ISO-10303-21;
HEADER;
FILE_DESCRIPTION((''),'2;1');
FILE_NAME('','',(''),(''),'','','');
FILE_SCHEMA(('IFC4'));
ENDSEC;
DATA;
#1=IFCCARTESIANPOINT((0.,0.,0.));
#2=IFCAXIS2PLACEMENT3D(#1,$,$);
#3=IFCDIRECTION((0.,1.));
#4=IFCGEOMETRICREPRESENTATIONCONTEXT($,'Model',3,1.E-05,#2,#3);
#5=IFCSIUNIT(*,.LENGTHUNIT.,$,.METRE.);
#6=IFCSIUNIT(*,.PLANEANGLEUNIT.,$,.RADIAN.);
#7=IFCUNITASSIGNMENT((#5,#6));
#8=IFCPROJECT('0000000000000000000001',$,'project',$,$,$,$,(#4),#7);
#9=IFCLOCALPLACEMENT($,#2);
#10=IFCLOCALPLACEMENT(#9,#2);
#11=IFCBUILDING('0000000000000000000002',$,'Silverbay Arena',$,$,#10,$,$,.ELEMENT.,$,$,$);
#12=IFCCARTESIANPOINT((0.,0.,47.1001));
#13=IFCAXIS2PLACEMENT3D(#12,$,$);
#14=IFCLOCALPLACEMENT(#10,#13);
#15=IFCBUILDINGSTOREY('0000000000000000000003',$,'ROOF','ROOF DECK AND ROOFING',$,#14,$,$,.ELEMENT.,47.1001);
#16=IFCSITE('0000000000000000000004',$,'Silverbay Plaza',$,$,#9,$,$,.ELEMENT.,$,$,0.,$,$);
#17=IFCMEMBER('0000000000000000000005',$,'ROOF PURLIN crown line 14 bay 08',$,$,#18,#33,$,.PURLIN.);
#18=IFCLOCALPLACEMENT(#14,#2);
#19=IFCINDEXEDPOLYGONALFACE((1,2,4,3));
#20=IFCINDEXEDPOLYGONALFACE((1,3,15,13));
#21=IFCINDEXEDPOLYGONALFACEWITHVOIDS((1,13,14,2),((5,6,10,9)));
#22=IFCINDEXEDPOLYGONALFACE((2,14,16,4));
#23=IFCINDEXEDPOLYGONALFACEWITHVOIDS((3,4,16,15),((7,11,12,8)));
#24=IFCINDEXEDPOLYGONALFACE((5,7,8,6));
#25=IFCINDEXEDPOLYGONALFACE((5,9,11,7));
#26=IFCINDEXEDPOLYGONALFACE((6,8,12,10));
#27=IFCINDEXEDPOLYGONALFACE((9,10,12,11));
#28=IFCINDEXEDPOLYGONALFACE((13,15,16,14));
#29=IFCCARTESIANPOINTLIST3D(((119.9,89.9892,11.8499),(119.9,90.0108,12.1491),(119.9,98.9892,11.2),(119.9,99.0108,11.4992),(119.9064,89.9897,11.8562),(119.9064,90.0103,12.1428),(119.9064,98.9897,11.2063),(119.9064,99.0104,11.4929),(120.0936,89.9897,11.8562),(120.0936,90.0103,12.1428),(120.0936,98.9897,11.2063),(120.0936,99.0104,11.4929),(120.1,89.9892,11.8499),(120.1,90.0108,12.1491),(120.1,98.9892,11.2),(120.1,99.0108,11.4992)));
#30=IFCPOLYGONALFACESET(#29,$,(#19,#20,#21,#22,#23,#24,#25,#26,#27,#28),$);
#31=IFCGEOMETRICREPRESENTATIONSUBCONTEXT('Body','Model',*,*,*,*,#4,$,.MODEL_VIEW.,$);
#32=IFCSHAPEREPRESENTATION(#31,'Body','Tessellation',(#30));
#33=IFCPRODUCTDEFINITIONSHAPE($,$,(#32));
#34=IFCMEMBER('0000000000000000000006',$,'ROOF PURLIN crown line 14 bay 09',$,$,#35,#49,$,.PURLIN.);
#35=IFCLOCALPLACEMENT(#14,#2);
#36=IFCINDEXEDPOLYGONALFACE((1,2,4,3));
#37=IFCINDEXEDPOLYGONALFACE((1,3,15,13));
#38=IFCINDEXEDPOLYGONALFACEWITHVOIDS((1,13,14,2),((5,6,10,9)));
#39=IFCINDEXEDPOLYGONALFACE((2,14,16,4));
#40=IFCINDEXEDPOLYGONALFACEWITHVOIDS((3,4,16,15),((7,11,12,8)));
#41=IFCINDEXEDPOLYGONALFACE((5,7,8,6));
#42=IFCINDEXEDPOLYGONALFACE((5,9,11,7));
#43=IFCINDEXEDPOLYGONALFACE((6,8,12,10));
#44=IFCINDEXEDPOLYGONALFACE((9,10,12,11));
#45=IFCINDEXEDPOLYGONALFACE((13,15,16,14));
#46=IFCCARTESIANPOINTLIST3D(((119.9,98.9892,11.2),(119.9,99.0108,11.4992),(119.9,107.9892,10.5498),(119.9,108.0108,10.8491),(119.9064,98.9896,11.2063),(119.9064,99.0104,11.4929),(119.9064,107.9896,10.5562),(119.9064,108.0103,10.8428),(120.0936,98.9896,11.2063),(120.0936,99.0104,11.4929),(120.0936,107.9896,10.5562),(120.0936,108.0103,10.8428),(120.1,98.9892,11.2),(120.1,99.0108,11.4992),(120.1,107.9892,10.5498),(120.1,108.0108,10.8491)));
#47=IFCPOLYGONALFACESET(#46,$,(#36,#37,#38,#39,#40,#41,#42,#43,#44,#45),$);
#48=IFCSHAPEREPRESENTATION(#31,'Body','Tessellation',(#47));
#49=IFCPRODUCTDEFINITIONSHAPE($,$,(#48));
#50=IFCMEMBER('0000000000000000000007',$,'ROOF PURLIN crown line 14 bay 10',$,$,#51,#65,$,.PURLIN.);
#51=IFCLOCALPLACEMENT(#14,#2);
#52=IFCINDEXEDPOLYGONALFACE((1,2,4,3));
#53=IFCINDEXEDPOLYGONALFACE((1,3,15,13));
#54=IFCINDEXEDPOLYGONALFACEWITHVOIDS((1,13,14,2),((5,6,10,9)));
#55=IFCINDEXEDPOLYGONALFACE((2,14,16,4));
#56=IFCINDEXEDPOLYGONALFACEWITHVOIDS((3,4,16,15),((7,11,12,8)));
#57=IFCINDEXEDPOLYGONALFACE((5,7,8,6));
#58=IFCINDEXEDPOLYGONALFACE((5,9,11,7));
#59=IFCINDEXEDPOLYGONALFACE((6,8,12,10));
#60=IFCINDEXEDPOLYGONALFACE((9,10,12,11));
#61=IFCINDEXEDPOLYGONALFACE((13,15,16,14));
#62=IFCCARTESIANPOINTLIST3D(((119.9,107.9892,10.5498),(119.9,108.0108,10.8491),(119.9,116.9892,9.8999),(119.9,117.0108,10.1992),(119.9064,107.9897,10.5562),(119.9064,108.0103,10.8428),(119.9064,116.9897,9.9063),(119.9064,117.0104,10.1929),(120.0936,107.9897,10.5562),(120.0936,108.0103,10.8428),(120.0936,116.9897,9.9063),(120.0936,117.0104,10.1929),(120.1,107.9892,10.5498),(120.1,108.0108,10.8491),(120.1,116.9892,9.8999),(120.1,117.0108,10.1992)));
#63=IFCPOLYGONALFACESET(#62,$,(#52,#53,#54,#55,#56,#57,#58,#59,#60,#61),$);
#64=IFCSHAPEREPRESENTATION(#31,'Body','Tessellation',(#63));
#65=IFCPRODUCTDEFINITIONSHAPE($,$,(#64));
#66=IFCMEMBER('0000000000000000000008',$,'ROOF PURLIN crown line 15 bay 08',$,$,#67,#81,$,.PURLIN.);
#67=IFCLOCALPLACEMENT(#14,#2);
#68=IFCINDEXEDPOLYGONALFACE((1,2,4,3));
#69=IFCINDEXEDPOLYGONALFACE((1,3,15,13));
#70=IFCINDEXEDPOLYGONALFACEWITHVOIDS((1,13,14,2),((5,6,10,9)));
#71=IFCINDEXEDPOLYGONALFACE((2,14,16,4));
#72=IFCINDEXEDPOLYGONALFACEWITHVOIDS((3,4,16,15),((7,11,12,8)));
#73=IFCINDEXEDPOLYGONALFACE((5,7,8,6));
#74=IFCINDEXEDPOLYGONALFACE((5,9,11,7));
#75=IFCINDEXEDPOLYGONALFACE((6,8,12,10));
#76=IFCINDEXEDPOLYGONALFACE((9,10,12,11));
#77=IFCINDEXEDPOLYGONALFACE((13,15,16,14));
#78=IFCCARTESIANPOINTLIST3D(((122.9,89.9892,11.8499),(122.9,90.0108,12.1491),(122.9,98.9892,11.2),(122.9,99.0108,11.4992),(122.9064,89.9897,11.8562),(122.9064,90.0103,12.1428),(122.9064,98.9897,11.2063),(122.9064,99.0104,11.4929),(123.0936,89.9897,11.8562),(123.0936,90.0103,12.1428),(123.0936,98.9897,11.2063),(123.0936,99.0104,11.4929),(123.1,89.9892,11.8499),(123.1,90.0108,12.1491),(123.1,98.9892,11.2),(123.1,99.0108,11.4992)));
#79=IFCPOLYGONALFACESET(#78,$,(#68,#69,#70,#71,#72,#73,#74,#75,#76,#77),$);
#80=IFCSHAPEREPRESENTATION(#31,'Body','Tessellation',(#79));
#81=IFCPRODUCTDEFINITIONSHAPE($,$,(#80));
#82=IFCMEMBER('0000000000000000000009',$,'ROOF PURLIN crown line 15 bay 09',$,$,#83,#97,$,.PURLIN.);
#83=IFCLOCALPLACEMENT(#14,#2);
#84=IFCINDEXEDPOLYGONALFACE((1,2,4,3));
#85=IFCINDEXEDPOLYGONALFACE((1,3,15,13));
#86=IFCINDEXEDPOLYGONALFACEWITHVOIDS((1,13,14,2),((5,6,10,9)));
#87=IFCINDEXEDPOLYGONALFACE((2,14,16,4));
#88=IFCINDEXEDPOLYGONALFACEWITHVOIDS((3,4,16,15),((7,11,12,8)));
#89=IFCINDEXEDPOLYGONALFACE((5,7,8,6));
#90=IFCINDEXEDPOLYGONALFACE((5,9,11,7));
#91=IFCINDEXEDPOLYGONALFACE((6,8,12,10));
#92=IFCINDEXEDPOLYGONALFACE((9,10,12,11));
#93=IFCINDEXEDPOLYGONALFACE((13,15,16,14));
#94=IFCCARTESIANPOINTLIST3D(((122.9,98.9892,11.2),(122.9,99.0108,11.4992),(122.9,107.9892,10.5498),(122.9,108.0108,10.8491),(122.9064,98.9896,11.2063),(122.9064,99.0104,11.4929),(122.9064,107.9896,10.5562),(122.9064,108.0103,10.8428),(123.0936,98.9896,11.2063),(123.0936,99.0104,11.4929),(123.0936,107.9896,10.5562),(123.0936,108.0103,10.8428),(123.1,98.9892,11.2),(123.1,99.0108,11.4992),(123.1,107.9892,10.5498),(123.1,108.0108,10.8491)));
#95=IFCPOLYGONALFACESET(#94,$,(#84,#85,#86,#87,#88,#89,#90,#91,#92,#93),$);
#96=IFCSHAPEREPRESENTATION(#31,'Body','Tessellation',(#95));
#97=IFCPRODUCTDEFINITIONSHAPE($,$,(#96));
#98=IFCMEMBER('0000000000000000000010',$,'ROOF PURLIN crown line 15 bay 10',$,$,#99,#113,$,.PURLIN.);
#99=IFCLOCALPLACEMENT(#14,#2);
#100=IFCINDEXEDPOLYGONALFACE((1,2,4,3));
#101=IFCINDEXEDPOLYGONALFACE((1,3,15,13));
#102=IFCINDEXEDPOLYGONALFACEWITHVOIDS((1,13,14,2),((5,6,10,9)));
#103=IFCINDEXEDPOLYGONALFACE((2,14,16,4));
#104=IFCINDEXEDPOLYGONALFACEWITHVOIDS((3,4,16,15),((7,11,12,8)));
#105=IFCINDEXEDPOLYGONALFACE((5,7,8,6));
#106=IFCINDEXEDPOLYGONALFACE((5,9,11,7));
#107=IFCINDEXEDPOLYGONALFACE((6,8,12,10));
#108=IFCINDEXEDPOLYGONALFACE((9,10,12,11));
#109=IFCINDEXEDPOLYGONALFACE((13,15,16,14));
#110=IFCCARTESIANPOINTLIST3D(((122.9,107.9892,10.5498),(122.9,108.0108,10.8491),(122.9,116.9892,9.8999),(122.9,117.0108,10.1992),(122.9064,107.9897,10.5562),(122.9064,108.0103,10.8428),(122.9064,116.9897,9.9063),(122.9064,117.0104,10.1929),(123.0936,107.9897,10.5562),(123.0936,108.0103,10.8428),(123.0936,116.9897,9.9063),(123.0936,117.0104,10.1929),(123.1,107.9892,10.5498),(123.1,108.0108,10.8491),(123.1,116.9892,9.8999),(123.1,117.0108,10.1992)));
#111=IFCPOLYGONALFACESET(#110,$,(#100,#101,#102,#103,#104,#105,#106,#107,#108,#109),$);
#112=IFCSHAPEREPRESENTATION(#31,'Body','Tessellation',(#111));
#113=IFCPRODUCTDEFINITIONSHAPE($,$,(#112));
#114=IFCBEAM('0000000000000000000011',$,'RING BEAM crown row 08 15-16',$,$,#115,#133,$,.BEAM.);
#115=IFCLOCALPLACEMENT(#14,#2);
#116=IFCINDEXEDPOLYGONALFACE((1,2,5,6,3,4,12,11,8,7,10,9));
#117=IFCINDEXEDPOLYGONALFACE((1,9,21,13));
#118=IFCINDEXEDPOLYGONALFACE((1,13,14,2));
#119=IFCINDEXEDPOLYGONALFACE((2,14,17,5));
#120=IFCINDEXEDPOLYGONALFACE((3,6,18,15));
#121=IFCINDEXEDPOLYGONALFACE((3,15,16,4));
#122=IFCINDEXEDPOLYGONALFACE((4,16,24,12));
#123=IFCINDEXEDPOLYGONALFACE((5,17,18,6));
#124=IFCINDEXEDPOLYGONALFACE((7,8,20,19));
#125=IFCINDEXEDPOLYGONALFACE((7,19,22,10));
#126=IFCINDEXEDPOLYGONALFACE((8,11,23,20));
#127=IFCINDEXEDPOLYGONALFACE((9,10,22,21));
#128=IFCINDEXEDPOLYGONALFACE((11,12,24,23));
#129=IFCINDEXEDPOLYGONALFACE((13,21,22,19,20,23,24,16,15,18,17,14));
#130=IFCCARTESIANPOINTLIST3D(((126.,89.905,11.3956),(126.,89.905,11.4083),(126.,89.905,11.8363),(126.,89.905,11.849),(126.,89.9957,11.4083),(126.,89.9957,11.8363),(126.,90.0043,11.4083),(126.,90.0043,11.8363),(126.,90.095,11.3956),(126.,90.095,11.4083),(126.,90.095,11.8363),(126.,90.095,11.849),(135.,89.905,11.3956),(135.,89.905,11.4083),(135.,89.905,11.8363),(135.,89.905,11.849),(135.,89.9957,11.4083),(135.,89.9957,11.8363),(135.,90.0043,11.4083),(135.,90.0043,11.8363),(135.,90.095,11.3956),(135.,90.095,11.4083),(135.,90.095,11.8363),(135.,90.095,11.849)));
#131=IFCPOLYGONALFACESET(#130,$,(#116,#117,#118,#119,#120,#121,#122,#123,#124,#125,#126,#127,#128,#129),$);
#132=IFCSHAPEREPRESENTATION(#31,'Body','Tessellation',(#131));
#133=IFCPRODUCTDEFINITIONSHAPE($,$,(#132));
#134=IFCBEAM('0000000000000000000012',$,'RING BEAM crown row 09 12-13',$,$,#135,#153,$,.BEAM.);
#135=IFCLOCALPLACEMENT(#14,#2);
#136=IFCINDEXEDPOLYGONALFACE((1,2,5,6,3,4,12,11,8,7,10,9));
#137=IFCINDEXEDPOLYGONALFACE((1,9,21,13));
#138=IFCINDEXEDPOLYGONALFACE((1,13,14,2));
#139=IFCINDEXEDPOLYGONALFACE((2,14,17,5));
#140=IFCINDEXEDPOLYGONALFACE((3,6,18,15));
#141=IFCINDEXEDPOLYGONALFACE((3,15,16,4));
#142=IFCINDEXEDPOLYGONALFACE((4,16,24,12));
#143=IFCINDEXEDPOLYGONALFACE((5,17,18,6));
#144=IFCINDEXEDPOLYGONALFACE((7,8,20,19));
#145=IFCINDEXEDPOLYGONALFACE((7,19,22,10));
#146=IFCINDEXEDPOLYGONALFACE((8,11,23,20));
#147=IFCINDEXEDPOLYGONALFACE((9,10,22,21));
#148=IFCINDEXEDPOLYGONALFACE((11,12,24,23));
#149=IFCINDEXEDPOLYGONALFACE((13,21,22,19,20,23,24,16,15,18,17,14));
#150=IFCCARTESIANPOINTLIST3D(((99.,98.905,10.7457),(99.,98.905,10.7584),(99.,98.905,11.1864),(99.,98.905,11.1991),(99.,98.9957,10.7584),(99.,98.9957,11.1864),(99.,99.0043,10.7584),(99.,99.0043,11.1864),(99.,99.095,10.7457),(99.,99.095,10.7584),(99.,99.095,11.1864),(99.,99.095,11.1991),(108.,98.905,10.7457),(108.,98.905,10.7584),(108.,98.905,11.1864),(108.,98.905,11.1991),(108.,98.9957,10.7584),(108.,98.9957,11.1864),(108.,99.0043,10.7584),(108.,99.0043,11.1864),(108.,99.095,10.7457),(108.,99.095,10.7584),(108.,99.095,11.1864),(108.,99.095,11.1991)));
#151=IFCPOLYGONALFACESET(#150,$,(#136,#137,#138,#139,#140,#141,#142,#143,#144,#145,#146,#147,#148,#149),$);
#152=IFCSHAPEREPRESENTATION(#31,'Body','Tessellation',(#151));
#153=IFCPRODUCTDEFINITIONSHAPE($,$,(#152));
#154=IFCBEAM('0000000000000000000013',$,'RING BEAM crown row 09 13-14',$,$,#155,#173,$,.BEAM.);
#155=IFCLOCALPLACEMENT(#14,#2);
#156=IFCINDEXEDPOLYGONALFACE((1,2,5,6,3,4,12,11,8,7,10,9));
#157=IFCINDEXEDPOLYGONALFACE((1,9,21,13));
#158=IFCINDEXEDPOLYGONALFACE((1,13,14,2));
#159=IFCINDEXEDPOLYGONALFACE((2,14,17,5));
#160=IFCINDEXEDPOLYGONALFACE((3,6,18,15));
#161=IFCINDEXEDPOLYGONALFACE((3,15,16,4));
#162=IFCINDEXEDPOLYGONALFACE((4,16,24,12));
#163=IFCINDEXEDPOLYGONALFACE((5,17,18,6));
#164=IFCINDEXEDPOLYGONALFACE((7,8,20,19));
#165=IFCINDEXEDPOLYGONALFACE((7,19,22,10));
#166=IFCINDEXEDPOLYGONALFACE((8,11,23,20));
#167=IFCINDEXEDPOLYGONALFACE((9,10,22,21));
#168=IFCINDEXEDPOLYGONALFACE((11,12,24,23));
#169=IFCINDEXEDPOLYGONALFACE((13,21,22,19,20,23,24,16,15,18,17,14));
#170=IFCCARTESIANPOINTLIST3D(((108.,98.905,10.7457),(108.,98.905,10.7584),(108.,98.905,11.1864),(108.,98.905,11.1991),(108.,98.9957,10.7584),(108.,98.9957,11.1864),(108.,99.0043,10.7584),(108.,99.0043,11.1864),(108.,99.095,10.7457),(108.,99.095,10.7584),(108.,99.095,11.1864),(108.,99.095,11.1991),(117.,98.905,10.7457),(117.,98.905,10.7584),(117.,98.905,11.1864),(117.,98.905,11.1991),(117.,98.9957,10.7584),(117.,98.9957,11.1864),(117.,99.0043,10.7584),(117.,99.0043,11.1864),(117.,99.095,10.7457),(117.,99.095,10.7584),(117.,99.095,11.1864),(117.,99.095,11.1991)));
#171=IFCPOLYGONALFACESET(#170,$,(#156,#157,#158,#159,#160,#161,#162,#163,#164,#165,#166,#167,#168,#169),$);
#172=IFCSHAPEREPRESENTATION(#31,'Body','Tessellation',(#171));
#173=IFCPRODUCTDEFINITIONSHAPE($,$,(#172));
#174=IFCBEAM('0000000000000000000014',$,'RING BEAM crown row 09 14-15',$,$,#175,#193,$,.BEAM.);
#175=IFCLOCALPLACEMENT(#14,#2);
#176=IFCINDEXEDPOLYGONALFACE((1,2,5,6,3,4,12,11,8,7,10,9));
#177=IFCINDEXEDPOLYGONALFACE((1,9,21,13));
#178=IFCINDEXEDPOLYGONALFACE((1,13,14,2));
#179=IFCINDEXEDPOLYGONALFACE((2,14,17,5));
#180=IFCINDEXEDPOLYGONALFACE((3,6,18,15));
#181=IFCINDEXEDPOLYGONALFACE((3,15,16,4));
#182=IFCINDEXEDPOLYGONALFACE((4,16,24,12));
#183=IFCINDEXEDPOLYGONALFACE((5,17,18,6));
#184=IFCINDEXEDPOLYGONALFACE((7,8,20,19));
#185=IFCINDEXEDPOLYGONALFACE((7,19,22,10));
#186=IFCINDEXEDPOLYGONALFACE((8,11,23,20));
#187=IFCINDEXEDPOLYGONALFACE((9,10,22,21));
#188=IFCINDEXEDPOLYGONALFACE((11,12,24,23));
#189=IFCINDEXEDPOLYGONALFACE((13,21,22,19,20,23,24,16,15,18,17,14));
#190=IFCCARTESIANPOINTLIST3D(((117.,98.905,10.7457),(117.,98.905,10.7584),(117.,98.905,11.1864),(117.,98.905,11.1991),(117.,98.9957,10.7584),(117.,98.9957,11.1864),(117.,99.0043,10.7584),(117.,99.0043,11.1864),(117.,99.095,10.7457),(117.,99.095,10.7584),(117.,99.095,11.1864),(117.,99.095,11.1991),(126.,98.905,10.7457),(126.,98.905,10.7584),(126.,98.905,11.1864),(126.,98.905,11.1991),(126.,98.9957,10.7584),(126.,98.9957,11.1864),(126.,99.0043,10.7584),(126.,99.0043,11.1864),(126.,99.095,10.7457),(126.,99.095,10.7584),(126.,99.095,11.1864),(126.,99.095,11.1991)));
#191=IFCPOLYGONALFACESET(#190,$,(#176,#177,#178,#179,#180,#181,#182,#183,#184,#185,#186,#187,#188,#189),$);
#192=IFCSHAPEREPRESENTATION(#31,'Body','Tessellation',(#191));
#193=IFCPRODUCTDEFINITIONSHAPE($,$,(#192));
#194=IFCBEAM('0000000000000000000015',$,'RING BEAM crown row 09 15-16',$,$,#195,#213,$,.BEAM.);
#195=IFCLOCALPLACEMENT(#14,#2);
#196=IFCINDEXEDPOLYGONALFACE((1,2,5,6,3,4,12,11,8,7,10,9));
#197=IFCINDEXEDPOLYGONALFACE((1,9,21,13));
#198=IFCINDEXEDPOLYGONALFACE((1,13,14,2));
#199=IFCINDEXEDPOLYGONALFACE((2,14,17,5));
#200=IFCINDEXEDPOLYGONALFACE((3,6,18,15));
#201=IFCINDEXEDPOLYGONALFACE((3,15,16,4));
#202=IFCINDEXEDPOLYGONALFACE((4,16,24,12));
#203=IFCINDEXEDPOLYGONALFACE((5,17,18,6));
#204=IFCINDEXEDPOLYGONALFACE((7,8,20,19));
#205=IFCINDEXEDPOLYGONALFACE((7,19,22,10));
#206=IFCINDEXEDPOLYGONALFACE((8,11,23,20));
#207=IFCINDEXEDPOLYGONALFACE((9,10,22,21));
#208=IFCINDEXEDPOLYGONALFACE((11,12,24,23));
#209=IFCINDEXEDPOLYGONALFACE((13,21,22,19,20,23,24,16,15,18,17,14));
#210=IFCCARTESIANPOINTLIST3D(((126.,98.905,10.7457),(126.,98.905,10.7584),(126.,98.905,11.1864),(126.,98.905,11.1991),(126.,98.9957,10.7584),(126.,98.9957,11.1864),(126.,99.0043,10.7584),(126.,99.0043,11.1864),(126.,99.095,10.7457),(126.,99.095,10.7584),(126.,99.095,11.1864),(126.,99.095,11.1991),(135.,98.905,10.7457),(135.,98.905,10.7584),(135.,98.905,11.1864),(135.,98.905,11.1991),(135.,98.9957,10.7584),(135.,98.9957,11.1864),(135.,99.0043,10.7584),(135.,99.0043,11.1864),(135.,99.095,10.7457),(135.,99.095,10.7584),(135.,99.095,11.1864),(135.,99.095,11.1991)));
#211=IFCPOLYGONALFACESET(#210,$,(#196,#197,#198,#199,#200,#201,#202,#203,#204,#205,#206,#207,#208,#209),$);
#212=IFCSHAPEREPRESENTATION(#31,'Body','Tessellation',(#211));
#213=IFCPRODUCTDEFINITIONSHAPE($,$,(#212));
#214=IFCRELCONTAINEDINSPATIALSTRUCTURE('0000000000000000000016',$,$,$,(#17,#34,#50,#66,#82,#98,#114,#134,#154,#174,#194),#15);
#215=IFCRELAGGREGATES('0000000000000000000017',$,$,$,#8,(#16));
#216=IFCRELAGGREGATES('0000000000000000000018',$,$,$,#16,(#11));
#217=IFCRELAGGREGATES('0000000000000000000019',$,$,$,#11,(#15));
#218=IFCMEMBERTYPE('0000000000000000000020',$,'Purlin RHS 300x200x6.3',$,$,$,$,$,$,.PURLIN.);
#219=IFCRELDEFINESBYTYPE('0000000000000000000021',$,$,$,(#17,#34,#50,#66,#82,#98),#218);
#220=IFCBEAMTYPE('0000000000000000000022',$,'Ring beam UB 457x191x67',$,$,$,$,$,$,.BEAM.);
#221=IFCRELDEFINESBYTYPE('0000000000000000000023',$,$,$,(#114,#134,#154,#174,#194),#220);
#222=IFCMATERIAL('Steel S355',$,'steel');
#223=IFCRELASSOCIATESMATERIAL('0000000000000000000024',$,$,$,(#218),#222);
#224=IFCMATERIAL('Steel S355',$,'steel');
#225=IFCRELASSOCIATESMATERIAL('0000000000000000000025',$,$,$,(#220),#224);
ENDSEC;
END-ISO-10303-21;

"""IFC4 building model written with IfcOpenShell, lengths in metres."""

from ifc_helpers import new_model, si_unit, direction, frame, origin, origin_2d, place, context, subcontext, project, spatial, hollow_rectangle, i_section, extrude, material, material_profile, profile_set, type_object, element, save


model = new_model("IFC4")

# Units and contexts
model_context = context("Model", 3, precision=1e-05, world=origin(), true_north=direction((0.0, 1.0)))
body_context = subcontext(model_context, "Body", "Model", "MODEL_VIEW")
ifc_project = project(units=[si_unit("LENGTHUNIT", "METRE"), si_unit("PLANEANGLEUNIT", "RADIAN")], contexts=[model_context])

# Site, building, storey
site_placement = place(None, origin())
site = spatial("IfcSite", under=ifc_project, at=site_placement, Name="Silverbay Plaza", CompositionType="ELEMENT", RefElevation=0.0)
building_placement = place(site_placement, origin())
building = spatial("IfcBuilding", under=site, at=building_placement, Name="Silverbay Arena", CompositionType="ELEMENT")
storey_placement = place(building_placement, frame((0.0, 0.0, 47.1001)))
storey = spatial("IfcBuildingStorey", under=building, at=storey_placement, Name="ROOF", Description="ROOF DECK AND ROOFING", CompositionType="ELEMENT", Elevation=47.1001)

# Members
ifc_material_1 = material(Name="Steel S355", Category="steel")
ifc_material_profile_1 = material_profile(ifc_material_1, hollow_rectangle(XDim=0.2, YDim=0.3, WallThickness=0.0063, at=origin_2d()), Name="RHS 300x200x6.3")
ifc_profile_set_1 = profile_set([ifc_material_profile_1], Name="Steel S355")
member_type_1 = type_object("IfcMemberType", Name="Purlin RHS 300x200x6.3", PredefinedType="PURLIN", material=ifc_profile_set_1)
for number, where, z_axis, x_axis, name in (
    (1, (120.0, 90.0, 11.9995), (0.0, 0.997403, -0.072024), (-1.0, 0.0, 0.0), "ROOF PURLIN crown line 14 bay 08"),
    (2, (120.0, 99.0, 11.3496), (0.0, 0.997401, -0.072051), (-1.0, 0.0, 0.0), "ROOF PURLIN crown line 14 bay 09"),
    (3, (120.0, 108.0, 10.6995), (0.0, 0.997403, -0.072024), (-1.0, 0.0, 0.0), "ROOF PURLIN crown line 14 bay 10"),
    (4, (123.0, 90.0, 11.9995), (0.0, 0.997403, -0.072024), (-1.0, 0.0, 0.0), "ROOF PURLIN crown line 15 bay 08"),
    (5, (123.0, 99.0, 11.3496), (0.0, 0.997401, -0.072051), (-1.0, 0.0, 0.0), "ROOF PURLIN crown line 15 bay 09"),
    (6, (123.0, 108.0, 10.6995), (0.0, 0.997403, -0.072024), (-1.0, 0.0, 0.0), "ROOF PURLIN crown line 15 bay 10"),
):
    element("IfcMember", number, at=place(storey_placement, frame(where, z_axis=z_axis, x_axis=x_axis)), inside=storey, type_object=member_type_1, Name=name, PredefinedType="PURLIN", context=body_context, shape_type="SweptSolid", body=[
        extrude(hollow_rectangle(XDim=0.2, YDim=0.3, WallThickness=0.0063, at=origin_2d()), origin(), (0.0, 0.0, 1.0), 9.0234),
    ])

# Beams
ifc_material_2 = material(Name="Steel S355", Category="steel")
ifc_material_profile_2 = material_profile(ifc_material_2, i_section(OverallWidth=0.1899, OverallDepth=0.4534, WebThickness=0.0085, FlangeThickness=0.0127, at=origin_2d()), Name="UB 457x191x67")
ifc_profile_set_2 = profile_set([ifc_material_profile_2], Name="Steel S355")
beam_type = type_object("IfcBeamType", Name="Ring beam UB 457x191x67", PredefinedType="BEAM", material=ifc_profile_set_2)
for number, where, z_axis, x_axis, name in (
    (7, (126.0, 90.0, 11.6223), (1.0, 0.0, 0.0), (0.0, 1.0, 0.0), "RING BEAM crown row 08 15-16"),
    (8, (99.0, 99.0, 10.9724), (1.0, 0.0, 0.0), (0.0, 1.0, 0.0), "RING BEAM crown row 09 12-13"),
    (9, (108.0, 99.0, 10.9724), (1.0, 0.0, 0.0), (0.0, 1.0, 0.0), "RING BEAM crown row 09 13-14"),
    (10, (117.0, 99.0, 10.9724), (1.0, 0.0, 0.0), (0.0, 1.0, 0.0), "RING BEAM crown row 09 14-15"),
    (11, (126.0, 99.0, 10.9724), (1.0, 0.0, 0.0), (0.0, 1.0, 0.0), "RING BEAM crown row 09 15-16"),
):
    element("IfcBeam", number, at=place(storey_placement, frame(where, z_axis=z_axis, x_axis=x_axis)), inside=storey, type_object=beam_type, Name=name, PredefinedType="BEAM", context=body_context, shape_type="SweptSolid", body=[
        extrude(i_section(OverallWidth=0.1899, OverallDepth=0.4534, WebThickness=0.0085, FlangeThickness=0.0127, at=origin_2d()), origin(), (0.0, 0.0, 1.0), 9.0),
    ])

save(model, "model.ifc")
